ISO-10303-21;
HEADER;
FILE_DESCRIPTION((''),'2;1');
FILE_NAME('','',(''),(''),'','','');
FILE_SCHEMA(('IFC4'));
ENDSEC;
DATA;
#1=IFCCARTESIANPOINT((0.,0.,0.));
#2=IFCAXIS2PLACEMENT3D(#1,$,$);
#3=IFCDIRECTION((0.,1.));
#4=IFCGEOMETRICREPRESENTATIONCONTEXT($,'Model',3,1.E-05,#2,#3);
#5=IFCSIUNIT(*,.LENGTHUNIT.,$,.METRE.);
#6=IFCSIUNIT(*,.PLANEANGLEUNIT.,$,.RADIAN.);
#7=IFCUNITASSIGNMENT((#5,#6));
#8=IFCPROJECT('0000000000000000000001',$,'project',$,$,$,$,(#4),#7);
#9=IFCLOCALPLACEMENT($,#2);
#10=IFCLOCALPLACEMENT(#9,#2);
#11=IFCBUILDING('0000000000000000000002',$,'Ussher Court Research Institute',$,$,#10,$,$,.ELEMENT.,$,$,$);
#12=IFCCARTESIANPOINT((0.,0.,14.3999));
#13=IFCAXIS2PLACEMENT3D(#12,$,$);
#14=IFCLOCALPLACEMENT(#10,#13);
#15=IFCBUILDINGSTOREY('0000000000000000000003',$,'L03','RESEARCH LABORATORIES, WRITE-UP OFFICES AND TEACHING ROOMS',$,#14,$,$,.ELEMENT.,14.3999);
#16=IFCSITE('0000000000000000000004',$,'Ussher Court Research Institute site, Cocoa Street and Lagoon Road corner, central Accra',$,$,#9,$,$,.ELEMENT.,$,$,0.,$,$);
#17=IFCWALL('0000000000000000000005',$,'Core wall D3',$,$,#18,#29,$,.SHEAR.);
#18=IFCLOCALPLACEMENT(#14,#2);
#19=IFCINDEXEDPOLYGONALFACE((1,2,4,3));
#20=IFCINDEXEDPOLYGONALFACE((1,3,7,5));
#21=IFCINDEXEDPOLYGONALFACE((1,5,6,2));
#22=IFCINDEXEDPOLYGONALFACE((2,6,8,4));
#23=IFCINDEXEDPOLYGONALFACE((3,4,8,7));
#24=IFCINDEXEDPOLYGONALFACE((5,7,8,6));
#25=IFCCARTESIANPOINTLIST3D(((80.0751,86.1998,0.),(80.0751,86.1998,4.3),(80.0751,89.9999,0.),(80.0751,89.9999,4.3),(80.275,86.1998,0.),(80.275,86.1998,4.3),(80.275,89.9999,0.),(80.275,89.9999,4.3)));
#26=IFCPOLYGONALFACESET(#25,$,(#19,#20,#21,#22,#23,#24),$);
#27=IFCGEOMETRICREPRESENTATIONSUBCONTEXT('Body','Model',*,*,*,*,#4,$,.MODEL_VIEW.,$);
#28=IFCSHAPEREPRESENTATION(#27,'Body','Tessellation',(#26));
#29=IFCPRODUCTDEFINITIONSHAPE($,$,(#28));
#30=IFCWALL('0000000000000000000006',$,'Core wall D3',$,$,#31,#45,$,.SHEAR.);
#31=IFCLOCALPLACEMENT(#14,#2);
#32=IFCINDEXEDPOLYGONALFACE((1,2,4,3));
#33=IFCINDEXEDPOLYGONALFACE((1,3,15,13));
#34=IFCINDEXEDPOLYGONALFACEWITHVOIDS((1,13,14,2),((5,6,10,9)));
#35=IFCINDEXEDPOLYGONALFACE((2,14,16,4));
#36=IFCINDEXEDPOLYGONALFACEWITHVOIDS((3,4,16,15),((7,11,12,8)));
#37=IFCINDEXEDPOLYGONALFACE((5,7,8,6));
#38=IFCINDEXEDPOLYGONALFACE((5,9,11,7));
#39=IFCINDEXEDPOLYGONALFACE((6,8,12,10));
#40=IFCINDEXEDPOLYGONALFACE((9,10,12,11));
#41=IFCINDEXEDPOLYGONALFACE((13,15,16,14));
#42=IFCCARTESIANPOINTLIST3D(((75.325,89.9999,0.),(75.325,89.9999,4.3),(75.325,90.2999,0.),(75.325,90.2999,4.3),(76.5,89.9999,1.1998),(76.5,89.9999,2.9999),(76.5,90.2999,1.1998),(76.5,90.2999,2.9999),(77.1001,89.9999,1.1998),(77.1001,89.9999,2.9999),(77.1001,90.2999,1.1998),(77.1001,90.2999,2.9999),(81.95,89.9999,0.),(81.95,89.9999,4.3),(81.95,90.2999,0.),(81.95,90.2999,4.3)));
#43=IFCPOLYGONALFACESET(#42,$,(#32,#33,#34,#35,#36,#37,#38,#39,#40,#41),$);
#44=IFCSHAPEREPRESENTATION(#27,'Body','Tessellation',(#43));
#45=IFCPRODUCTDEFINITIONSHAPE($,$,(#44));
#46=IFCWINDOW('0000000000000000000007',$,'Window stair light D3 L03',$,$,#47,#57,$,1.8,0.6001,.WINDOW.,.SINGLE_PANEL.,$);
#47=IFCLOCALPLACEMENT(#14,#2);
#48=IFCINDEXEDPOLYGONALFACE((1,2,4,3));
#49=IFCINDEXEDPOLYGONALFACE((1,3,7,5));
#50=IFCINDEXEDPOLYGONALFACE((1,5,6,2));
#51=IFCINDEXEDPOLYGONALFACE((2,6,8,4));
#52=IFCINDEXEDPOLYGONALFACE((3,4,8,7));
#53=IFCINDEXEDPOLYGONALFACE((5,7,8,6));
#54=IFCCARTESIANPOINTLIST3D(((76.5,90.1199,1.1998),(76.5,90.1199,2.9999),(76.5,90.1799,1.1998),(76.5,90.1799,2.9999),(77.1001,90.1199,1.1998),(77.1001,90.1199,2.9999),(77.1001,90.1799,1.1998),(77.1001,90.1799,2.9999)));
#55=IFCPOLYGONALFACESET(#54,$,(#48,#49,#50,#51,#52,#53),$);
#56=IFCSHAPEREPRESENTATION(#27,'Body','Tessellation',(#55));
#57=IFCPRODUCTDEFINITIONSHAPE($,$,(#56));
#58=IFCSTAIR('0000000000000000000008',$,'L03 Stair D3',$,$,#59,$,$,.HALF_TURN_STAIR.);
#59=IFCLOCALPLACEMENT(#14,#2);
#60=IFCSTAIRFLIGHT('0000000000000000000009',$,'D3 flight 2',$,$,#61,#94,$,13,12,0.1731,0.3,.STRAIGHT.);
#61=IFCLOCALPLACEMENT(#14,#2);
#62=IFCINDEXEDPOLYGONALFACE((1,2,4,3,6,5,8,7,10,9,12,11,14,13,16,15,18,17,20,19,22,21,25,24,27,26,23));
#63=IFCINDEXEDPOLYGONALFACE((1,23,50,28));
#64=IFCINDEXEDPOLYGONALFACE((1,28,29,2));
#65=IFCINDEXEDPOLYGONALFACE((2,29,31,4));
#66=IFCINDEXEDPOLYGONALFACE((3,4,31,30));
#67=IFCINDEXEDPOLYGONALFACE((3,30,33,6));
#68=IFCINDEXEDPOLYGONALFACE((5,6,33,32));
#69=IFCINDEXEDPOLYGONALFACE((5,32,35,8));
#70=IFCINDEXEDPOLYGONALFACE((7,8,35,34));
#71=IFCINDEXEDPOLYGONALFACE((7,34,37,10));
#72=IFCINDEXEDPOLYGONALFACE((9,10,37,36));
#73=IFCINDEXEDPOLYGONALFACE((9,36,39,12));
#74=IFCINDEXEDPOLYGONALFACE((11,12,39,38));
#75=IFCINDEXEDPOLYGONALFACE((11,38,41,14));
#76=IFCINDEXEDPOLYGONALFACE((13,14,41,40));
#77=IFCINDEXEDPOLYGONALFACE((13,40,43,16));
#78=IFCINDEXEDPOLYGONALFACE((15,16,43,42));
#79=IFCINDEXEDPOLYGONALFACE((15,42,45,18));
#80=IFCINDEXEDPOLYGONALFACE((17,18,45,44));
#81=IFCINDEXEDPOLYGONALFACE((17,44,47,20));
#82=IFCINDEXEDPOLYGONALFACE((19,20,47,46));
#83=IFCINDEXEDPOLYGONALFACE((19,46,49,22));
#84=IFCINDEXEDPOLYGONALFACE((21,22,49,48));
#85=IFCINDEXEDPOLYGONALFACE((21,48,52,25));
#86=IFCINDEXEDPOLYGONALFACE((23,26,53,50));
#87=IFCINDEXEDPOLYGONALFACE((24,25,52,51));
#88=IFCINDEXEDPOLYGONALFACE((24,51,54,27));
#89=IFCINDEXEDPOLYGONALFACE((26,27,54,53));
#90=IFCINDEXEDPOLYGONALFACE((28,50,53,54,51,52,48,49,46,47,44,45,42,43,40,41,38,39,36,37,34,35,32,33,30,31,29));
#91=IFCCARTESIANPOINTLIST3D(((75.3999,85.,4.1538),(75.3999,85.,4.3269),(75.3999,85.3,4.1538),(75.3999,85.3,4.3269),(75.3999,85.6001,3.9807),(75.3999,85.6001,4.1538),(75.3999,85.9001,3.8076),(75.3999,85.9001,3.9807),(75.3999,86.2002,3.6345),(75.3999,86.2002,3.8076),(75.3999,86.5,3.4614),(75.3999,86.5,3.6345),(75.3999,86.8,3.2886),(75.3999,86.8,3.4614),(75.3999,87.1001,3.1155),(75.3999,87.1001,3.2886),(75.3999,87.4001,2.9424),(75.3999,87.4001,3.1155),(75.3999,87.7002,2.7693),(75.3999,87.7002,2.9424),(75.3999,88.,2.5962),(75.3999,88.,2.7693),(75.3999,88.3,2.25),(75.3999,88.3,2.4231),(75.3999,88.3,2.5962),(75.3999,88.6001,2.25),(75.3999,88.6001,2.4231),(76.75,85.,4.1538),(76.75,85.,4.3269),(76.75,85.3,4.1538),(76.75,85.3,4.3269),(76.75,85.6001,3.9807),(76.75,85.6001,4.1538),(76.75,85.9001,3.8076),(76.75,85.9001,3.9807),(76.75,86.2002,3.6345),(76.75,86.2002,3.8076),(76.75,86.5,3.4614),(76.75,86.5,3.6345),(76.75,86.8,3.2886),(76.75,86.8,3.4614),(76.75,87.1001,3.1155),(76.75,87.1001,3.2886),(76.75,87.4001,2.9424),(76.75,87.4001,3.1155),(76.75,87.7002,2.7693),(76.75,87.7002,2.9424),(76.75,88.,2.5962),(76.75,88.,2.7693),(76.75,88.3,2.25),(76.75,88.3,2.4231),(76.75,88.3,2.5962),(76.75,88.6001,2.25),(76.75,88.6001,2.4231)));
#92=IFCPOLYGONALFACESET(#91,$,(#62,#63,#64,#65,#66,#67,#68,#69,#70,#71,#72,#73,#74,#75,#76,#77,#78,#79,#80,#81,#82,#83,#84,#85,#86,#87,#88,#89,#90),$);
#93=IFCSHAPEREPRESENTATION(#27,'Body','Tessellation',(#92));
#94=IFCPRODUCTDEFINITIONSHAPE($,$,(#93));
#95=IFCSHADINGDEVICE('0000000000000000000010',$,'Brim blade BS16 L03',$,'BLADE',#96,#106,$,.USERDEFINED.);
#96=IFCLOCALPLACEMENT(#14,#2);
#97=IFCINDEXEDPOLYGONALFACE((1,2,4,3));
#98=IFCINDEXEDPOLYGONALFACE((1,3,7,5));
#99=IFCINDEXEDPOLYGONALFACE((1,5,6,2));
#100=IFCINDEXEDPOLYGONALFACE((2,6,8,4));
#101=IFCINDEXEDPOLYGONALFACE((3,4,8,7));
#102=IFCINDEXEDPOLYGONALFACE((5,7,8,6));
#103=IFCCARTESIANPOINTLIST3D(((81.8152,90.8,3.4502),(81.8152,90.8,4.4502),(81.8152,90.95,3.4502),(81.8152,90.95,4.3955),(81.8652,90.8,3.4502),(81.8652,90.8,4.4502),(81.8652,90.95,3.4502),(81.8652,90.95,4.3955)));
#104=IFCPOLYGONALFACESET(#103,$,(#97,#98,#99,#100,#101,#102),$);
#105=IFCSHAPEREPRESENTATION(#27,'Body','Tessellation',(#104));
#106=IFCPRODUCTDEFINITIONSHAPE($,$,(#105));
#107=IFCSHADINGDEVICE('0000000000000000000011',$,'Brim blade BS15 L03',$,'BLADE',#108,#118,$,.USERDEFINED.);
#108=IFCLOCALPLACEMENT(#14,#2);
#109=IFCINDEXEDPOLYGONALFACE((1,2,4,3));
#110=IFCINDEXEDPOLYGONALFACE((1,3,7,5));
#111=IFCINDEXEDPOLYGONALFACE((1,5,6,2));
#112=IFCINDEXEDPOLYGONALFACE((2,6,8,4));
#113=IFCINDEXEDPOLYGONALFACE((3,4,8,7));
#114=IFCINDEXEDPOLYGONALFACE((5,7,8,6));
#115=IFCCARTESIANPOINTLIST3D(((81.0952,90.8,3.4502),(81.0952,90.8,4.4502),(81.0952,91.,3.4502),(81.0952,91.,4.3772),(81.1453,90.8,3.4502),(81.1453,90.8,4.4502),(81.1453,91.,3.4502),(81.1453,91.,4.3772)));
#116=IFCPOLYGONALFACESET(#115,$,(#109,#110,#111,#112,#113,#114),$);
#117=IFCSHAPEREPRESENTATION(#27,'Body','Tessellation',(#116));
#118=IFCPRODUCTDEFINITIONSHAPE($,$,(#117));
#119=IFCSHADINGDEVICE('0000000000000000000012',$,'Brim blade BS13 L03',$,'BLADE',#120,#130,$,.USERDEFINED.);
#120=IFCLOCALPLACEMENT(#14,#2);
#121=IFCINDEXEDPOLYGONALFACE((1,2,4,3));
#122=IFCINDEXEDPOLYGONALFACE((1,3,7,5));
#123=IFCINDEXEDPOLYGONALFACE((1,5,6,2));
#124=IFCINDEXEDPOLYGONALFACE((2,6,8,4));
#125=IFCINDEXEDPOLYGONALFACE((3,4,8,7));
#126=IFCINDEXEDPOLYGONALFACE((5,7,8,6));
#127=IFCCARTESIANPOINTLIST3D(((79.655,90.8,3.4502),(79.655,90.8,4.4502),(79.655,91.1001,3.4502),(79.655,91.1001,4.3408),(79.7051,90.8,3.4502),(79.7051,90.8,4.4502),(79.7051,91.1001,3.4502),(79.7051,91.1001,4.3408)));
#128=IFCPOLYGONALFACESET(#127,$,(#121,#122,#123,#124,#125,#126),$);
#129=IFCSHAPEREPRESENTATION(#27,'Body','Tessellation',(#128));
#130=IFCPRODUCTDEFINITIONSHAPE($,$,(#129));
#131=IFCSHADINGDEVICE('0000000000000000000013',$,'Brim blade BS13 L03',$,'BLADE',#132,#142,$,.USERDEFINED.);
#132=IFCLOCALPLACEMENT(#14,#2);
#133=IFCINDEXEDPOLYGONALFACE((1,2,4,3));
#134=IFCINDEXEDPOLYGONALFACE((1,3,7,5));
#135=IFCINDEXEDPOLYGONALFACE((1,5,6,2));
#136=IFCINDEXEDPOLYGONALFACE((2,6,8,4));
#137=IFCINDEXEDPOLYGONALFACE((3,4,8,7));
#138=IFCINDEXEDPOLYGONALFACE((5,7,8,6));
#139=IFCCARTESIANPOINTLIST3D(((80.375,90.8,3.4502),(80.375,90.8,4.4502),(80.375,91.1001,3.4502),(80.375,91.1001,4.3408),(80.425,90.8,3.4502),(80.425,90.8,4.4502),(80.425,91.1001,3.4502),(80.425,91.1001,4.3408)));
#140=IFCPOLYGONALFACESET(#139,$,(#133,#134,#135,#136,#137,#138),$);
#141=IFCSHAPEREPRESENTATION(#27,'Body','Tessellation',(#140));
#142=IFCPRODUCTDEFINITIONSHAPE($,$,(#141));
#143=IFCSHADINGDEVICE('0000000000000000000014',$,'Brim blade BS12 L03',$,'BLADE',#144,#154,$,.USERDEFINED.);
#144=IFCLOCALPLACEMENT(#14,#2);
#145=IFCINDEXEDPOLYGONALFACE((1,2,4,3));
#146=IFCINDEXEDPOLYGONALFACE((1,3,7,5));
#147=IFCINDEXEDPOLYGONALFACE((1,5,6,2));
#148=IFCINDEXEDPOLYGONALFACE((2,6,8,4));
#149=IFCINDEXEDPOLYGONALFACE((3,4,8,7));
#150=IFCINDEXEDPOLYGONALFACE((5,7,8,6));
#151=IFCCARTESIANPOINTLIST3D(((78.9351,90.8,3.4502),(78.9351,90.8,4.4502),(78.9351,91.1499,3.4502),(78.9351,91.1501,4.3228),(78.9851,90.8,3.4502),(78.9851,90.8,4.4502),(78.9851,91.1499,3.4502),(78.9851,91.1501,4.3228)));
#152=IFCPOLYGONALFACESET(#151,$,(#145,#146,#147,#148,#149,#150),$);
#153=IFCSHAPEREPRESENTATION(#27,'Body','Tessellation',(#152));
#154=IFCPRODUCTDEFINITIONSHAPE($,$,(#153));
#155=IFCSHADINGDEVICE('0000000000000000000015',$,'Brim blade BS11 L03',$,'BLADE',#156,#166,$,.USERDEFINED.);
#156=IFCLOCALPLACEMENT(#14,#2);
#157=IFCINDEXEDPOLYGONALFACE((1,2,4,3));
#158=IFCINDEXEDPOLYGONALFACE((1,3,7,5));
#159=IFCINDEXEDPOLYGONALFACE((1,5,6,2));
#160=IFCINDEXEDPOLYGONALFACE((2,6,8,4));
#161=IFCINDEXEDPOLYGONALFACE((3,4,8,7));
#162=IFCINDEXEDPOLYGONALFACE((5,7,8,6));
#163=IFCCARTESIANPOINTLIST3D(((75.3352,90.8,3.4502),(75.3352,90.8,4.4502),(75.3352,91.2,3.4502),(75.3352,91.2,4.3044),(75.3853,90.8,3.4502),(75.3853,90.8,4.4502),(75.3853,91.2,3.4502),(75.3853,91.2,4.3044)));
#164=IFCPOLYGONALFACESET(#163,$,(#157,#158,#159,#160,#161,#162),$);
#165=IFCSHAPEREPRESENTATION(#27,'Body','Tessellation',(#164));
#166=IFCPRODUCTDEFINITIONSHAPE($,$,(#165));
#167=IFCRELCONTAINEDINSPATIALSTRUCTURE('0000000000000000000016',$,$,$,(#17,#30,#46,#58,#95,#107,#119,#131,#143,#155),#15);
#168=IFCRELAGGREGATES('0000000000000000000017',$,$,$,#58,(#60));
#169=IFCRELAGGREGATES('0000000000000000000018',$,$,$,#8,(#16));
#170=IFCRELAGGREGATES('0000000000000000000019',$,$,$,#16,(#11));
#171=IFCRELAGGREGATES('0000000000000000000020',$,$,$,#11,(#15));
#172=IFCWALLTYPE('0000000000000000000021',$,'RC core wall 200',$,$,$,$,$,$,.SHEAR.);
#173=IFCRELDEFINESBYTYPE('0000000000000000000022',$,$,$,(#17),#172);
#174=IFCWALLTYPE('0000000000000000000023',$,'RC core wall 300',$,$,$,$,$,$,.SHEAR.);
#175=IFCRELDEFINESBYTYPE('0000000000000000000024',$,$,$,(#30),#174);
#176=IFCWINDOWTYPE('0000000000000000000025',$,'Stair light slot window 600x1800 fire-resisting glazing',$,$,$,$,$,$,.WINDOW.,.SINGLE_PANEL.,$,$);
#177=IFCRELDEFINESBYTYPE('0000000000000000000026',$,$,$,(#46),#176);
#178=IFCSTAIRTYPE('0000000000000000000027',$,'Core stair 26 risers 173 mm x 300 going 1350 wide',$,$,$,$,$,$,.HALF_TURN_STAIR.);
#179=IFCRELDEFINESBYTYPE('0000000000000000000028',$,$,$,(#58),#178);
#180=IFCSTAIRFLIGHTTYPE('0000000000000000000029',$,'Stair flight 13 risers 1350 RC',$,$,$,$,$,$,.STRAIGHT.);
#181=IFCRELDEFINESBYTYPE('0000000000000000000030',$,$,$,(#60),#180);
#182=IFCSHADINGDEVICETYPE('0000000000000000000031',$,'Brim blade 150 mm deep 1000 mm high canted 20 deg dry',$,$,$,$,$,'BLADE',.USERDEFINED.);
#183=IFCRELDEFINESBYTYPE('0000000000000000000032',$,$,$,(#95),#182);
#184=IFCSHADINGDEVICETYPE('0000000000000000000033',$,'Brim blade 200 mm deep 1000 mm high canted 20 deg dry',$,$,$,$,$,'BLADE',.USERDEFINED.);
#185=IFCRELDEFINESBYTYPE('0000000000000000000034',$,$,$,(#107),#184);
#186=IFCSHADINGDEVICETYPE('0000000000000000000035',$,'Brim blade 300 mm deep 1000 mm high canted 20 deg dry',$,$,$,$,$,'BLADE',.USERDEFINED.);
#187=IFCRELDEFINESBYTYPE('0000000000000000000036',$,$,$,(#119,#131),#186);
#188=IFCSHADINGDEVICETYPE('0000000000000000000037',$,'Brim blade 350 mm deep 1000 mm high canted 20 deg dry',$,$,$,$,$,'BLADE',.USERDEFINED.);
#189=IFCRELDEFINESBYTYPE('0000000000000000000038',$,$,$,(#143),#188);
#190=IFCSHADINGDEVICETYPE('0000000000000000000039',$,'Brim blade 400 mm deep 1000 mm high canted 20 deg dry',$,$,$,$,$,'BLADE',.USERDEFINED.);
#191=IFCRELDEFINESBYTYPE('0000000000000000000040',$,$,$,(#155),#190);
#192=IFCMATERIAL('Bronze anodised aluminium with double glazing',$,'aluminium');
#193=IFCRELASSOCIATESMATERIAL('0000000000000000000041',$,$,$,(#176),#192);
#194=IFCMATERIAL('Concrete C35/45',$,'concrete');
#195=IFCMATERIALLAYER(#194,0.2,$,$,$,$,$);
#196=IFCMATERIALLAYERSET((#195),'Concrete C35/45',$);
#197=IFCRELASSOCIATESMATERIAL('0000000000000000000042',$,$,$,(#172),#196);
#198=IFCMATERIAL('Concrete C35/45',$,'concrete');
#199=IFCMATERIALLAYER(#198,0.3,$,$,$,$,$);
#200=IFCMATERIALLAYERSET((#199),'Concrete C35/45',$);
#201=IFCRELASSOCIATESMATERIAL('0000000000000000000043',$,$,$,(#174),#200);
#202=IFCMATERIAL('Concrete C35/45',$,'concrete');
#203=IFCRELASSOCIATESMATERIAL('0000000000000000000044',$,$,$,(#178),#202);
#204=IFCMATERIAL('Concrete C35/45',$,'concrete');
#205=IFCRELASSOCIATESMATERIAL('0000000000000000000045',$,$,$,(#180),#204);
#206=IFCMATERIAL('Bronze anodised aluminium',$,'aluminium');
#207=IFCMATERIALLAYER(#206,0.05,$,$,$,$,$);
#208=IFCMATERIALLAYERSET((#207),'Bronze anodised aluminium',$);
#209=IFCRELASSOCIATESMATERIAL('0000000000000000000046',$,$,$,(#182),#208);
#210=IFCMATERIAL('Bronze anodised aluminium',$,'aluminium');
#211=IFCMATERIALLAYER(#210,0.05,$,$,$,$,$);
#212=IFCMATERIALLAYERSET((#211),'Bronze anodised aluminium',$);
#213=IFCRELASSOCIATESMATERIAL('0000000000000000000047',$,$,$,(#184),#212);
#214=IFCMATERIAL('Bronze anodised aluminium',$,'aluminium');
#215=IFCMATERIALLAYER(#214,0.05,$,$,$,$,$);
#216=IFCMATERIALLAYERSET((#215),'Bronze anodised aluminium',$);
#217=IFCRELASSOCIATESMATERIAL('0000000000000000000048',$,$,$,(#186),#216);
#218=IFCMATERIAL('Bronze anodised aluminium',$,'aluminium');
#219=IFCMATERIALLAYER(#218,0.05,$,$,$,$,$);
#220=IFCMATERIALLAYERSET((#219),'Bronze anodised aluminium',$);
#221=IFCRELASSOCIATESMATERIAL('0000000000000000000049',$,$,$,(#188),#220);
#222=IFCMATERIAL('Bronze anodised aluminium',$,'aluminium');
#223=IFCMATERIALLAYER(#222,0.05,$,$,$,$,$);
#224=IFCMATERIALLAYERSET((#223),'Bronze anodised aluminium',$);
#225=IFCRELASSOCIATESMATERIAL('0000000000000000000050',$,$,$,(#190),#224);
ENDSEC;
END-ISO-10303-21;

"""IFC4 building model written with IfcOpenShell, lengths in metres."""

from ifc_helpers import new_model, si_unit, direction, frame, frame_2d, origin, place, context, subcontext, project, spatial, polyline, rectangle, outline, extrude, material, layer, layer_set, type_object, element, fill, aggregate, save


model = new_model("IFC4")

# Units and contexts
model_context = context("Model", 3, precision=1e-05, world=origin(), true_north=direction((0.0, 1.0)))
body_context = subcontext(model_context, "Body", "Model", "MODEL_VIEW")
ifc_project = project(units=[si_unit("LENGTHUNIT", "METRE"), si_unit("PLANEANGLEUNIT", "RADIAN")], contexts=[model_context])

# Site, building, storey
site_placement = place(None, origin())
site = spatial("IfcSite", under=ifc_project, at=site_placement, Name="Ussher Court Research Institute site, Cocoa Street and Lagoon Road corner, central Accra", CompositionType="ELEMENT", RefElevation=0.0)
building_placement = place(site_placement, origin())
building = spatial("IfcBuilding", under=site, at=building_placement, Name="Ussher Court Research Institute", CompositionType="ELEMENT")
storey_placement = place(building_placement, frame((0.0, 0.0, 14.3999)))
storey = spatial("IfcBuildingStorey", under=building, at=storey_placement, Name="L03", Description="RESEARCH LABORATORIES, WRITE-UP OFFICES AND TEACHING ROOMS", CompositionType="ELEMENT", Elevation=14.3999)

# Shared definitions
ifc_material_1 = material(Name="Bronze anodised aluminium with double glazing", Category="aluminium")
window_type = type_object("IfcWindowType", Name="Stair light slot window 600x1800 fire-resisting glazing", PartitioningType="SINGLE_PANEL", PredefinedType="WINDOW", material=ifc_material_1)

# Shared definitions
ifc_material_2 = material(Name="Concrete C35/45", Category="concrete")
ifc_layer_1 = layer(ifc_material_2, 0.2)
ifc_layer_set_1 = layer_set([ifc_layer_1], Name="Concrete C35/45")
wall_type_1 = type_object("IfcWallType", Name="RC core wall 200", PredefinedType="SHEAR", material=ifc_layer_set_1)

# Wall
wall_1_placement = place(storey_placement, frame((80.175, 86.2, 0.0), z_axis=(0.0, 0.0, 1.0), x_axis=(0.0, 1.0, 0.0)))
element("IfcWall", 1, at=wall_1_placement, inside=storey, type_object=wall_type_1, Name="Core wall D3", PredefinedType="SHEAR", context=body_context, shape_type="SweptSolid", body=[
    extrude(rectangle(XDim=3.8, YDim=0.2, at=frame_2d((1.8999, 0.0))), origin(), (0.0, 0.0, 1.0), 4.3),
])

# Wall, opening, window
ifc_material_3 = material(Name="Concrete C35/45", Category="concrete")
ifc_layer_2 = layer(ifc_material_3, 0.3)
ifc_layer_set_2 = layer_set([ifc_layer_2], Name="Concrete C35/45")
wall_type_2 = type_object("IfcWallType", Name="RC core wall 300", PredefinedType="SHEAR", material=ifc_layer_set_2)
wall_2_placement = place(storey_placement, frame((75.325, 90.1499, 0.0), z_axis=(0.0, 0.0, 1.0), x_axis=(1.0, 0.0, 0.0)))
wall_2 = element("IfcWall", 2, at=wall_2_placement, inside=storey, type_object=wall_type_2, Name="Core wall D3", PredefinedType="SHEAR", context=body_context, shape_type="SweptSolid", body=[
    extrude(rectangle(XDim=6.625, YDim=0.3, at=frame_2d((3.3125, 0.0))), origin(), (0.0, 0.0, 1.0), 4.3),
])
opening_1_placement = place(wall_2_placement, frame((1.175, 0.0, 1.2)))
opening_1 = element("IfcOpeningElement", 3, at=opening_1_placement, cuts=wall_2, PredefinedType="OPENING", context=body_context, shape_type="SweptSolid", body=[
    extrude(rectangle(XDim=0.6001, YDim=1.8, at=frame_2d((0.3, 0.8999))), frame((0.0, 0.1602, 0.0), z_axis=(0.0, -1.0, 0.0), x_axis=(1.0, 0.0, 0.0)), (0.0, 0.0, 1.0), 0.3201),
])
window_1_placement = place(opening_1_placement, origin())
window_1 = element("IfcWindow", 4, at=window_1_placement, inside=storey, type_object=window_type, Name="Window stair light D3 L03", OverallHeight=1.8, OverallWidth=0.6001, PartitioningType="SINGLE_PANEL", PredefinedType="WINDOW", context=body_context, shape_type="SweptSolid", body=[
    extrude(rectangle(XDim=0.6001, YDim=1.8, at=frame_2d((0.3, 0.8999))), frame((0.0, 0.03, 0.0), z_axis=(0.0, -1.0, 0.0), x_axis=(1.0, 0.0, 0.0)), (0.0, 0.0, 1.0), 0.0601),
])
fill(opening_1, window_1)

# Stair, stair flight
ifc_material_4 = material(Name="Concrete C35/45", Category="concrete")
stair_type = type_object("IfcStairType", Name="Core stair 26 risers 173 mm x 300 going 1350 wide", PredefinedType="HALF_TURN_STAIR", material=ifc_material_4)
stair_placement = place(storey_placement, origin())
stair = element("IfcStair", 5, at=stair_placement, inside=storey, type_object=stair_type, Name="L03 Stair D3", PredefinedType="HALF_TURN_STAIR")
ifc_material_5 = material(Name="Concrete C35/45", Category="concrete")
stair_flight_type = type_object("IfcStairFlightType", Name="Stair flight 13 risers 1350 RC", PredefinedType="STRAIGHT", material=ifc_material_5)
stair_flight_placement = place(storey_placement, frame((76.075, 88.6001, 2.25), z_axis=(0.0, 0.0, 1.0), x_axis=(0.0, -1.0, 0.0)))
stair_flight = element("IfcStairFlight", 6, at=stair_flight_placement, type_object=stair_flight_type, Name="D3 flight 2", NumberOfRisers=13, NumberOfTreads=12, PredefinedType="STRAIGHT", RiserHeight=0.1731, TreadLength=0.3, context=body_context, shape_type="SweptSolid", body=[
    extrude(outline(polyline([(0.0, 0.0), (0.0, 0.1731), (0.3, 0.1731), (0.3, 0.3462), (0.6001, 0.3462), (0.6001, 0.5193), (0.8999, 0.5193), (0.8999, 0.6924), (1.2, 0.6924), (1.2, 0.8655), (1.5, 0.8655), (1.5, 1.0386), (1.8, 1.0386), (1.8, 1.2114), (2.1001, 1.2114), (2.1001, 1.3845), (2.3999, 1.3845), (2.3999, 1.5576), (2.7, 1.5576), (2.7, 1.7307), (3.0, 1.7307), (3.0, 1.9038), (3.3, 1.9038), (3.3, 2.0769), (3.6001, 2.0769), (3.6001, 2.25), (3.6001, 1.9038), (0.3, 0.0), (0.0, 0.0)])), frame((0.0, 0.675, 0.0), z_axis=(0.0, -1.0, 0.0), x_axis=(1.0, 0.0, 0.0)), (0.0, 0.0, 1.0), 1.3501),
])
aggregate(stair, [stair_flight])

# Shading devices
ifc_material_6 = material(Name="Bronze anodised aluminium", Category="aluminium")
ifc_layer_3 = layer(ifc_material_6, 0.05)
ifc_layer_set_3 = layer_set([ifc_layer_3], Name="Bronze anodised aluminium")
shading_device_type_1 = type_object("IfcShadingDeviceType", Name="Brim blade 150 mm deep 1000 mm high canted 20 deg dry", ElementType="BLADE", PredefinedType="USERDEFINED", material=ifc_layer_set_3)
shading_device_1_placement = place(storey_placement, frame((81.8401, 90.8, 3.4502), z_axis=(0.0, 0.0, 1.0), x_axis=(0.0, 1.0, 0.0)))
element("IfcShadingDevice", 7, at=shading_device_1_placement, inside=storey, type_object=shading_device_type_1, Name="Brim blade BS16 L03", ObjectType="BLADE", PredefinedType="USERDEFINED", context=body_context, shape_type="SweptSolid", body=[
    extrude(outline(polyline([(0.0, 0.0), (0.1499, 0.0), (0.1499, 0.9453), (0.0, 1.0), (0.0, 0.0)])), frame((0.0, 0.0249, 0.0), z_axis=(0.0, -1.0, 0.0), x_axis=(1.0, 0.0, 0.0)), (0.0, 0.0, 1.0), 0.05),
])
ifc_material_7 = material(Name="Bronze anodised aluminium", Category="aluminium")
ifc_layer_4 = layer(ifc_material_7, 0.05)
ifc_layer_set_4 = layer_set([ifc_layer_4], Name="Bronze anodised aluminium")
shading_device_type_2 = type_object("IfcShadingDeviceType", Name="Brim blade 200 mm deep 1000 mm high canted 20 deg dry", ElementType="BLADE", PredefinedType="USERDEFINED", material=ifc_layer_set_4)
shading_device_2_placement = place(storey_placement, frame((81.1201, 90.8, 3.4502), z_axis=(0.0, 0.0, 1.0), x_axis=(0.0, 1.0, 0.0)))
element("IfcShadingDevice", 8, at=shading_device_2_placement, inside=storey, type_object=shading_device_type_2, Name="Brim blade BS15 L03", ObjectType="BLADE", PredefinedType="USERDEFINED", context=body_context, shape_type="SweptSolid", body=[
    extrude(outline(polyline([(0.0, 0.0), (0.2, 0.0), (0.2, 0.927), (0.0, 1.0), (0.0, 0.0)])), frame((0.0, 0.0249, 0.0), z_axis=(0.0, -1.0, 0.0), x_axis=(1.0, 0.0, 0.0)), (0.0, 0.0, 1.0), 0.05),
])
ifc_material_8 = material(Name="Bronze anodised aluminium", Category="aluminium")
ifc_layer_5 = layer(ifc_material_8, 0.05)
ifc_layer_set_5 = layer_set([ifc_layer_5], Name="Bronze anodised aluminium")
shading_device_type_3 = type_object("IfcShadingDeviceType", Name="Brim blade 300 mm deep 1000 mm high canted 20 deg dry", ElementType="BLADE", PredefinedType="USERDEFINED", material=ifc_layer_set_5)
for number, where, z_axis, x_axis, name in (
    (9, (79.6799, 90.8, 3.4502), (0.0, 0.0, 1.0), (0.0, 1.0, 0.0), "Brim blade BS13 L03"),
    (10, (80.3999, 90.8, 3.4502), (0.0, 0.0, 1.0), (0.0, 1.0, 0.0), "Brim blade BS13 L03"),
):
    element("IfcShadingDevice", number, at=place(storey_placement, frame(where, z_axis=z_axis, x_axis=x_axis)), inside=storey, type_object=shading_device_type_3, Name=name, ObjectType="BLADE", PredefinedType="USERDEFINED", context=body_context, shape_type="SweptSolid", body=[
        extrude(outline(polyline([(0.0, 0.0), (0.3, 0.0), (0.3, 0.8906), (0.0, 1.0), (0.0, 0.0)])), frame((0.0, 0.0249, 0.0), z_axis=(0.0, -1.0, 0.0), x_axis=(1.0, 0.0, 0.0)), (0.0, 0.0, 1.0), 0.05),
    ])
ifc_material_9 = material(Name="Bronze anodised aluminium", Category="aluminium")
ifc_layer_6 = layer(ifc_material_9, 0.05)
ifc_layer_set_6 = layer_set([ifc_layer_6], Name="Bronze anodised aluminium")
shading_device_type_4 = type_object("IfcShadingDeviceType", Name="Brim blade 350 mm deep 1000 mm high canted 20 deg dry", ElementType="BLADE", PredefinedType="USERDEFINED", material=ifc_layer_set_6)
shading_device_3_placement = place(storey_placement, frame((78.96, 90.8, 3.4502), z_axis=(0.0, 0.0, 1.0), x_axis=(0.0, 1.0, 0.0)))
element("IfcShadingDevice", 11, at=shading_device_3_placement, inside=storey, type_object=shading_device_type_4, Name="Brim blade BS12 L03", ObjectType="BLADE", PredefinedType="USERDEFINED", context=body_context, shape_type="SweptSolid", body=[
    extrude(outline(polyline([(0.0, 0.0), (0.3499, 0.0), (0.3501, 0.8726), (0.0, 1.0), (0.0, 0.0)])), frame((0.0, 0.0249, 0.0), z_axis=(0.0, -1.0, 0.0), x_axis=(1.0, 0.0, 0.0)), (0.0, 0.0, 1.0), 0.05),
])
ifc_material_10 = material(Name="Bronze anodised aluminium", Category="aluminium")
ifc_layer_7 = layer(ifc_material_10, 0.05)
ifc_layer_set_7 = layer_set([ifc_layer_7], Name="Bronze anodised aluminium")
shading_device_type_5 = type_object("IfcShadingDeviceType", Name="Brim blade 400 mm deep 1000 mm high canted 20 deg dry", ElementType="BLADE", PredefinedType="USERDEFINED", material=ifc_layer_set_7)
for number, where, z_axis, x_axis, name in (
    (12, (75.3601, 90.8, 3.4502), (0.0, 0.0, 1.0), (0.0, 1.0, 0.0), "Brim blade BS11 L03"),
):
    element("IfcShadingDevice", number, at=place(storey_placement, frame(where, z_axis=z_axis, x_axis=x_axis)), inside=storey, type_object=shading_device_type_5, Name=name, ObjectType="BLADE", PredefinedType="USERDEFINED", context=body_context, shape_type="SweptSolid", body=[
        extrude(outline(polyline([(0.0, 0.0), (0.3999, 0.0), (0.3999, 0.8542), (0.0, 1.0), (0.0, 0.0)])), frame((0.0, 0.0249, 0.0), z_axis=(0.0, -1.0, 0.0), x_axis=(1.0, 0.0, 0.0)), (0.0, 0.0, 1.0), 0.05),
    ])

save(model, "model.ifc")
